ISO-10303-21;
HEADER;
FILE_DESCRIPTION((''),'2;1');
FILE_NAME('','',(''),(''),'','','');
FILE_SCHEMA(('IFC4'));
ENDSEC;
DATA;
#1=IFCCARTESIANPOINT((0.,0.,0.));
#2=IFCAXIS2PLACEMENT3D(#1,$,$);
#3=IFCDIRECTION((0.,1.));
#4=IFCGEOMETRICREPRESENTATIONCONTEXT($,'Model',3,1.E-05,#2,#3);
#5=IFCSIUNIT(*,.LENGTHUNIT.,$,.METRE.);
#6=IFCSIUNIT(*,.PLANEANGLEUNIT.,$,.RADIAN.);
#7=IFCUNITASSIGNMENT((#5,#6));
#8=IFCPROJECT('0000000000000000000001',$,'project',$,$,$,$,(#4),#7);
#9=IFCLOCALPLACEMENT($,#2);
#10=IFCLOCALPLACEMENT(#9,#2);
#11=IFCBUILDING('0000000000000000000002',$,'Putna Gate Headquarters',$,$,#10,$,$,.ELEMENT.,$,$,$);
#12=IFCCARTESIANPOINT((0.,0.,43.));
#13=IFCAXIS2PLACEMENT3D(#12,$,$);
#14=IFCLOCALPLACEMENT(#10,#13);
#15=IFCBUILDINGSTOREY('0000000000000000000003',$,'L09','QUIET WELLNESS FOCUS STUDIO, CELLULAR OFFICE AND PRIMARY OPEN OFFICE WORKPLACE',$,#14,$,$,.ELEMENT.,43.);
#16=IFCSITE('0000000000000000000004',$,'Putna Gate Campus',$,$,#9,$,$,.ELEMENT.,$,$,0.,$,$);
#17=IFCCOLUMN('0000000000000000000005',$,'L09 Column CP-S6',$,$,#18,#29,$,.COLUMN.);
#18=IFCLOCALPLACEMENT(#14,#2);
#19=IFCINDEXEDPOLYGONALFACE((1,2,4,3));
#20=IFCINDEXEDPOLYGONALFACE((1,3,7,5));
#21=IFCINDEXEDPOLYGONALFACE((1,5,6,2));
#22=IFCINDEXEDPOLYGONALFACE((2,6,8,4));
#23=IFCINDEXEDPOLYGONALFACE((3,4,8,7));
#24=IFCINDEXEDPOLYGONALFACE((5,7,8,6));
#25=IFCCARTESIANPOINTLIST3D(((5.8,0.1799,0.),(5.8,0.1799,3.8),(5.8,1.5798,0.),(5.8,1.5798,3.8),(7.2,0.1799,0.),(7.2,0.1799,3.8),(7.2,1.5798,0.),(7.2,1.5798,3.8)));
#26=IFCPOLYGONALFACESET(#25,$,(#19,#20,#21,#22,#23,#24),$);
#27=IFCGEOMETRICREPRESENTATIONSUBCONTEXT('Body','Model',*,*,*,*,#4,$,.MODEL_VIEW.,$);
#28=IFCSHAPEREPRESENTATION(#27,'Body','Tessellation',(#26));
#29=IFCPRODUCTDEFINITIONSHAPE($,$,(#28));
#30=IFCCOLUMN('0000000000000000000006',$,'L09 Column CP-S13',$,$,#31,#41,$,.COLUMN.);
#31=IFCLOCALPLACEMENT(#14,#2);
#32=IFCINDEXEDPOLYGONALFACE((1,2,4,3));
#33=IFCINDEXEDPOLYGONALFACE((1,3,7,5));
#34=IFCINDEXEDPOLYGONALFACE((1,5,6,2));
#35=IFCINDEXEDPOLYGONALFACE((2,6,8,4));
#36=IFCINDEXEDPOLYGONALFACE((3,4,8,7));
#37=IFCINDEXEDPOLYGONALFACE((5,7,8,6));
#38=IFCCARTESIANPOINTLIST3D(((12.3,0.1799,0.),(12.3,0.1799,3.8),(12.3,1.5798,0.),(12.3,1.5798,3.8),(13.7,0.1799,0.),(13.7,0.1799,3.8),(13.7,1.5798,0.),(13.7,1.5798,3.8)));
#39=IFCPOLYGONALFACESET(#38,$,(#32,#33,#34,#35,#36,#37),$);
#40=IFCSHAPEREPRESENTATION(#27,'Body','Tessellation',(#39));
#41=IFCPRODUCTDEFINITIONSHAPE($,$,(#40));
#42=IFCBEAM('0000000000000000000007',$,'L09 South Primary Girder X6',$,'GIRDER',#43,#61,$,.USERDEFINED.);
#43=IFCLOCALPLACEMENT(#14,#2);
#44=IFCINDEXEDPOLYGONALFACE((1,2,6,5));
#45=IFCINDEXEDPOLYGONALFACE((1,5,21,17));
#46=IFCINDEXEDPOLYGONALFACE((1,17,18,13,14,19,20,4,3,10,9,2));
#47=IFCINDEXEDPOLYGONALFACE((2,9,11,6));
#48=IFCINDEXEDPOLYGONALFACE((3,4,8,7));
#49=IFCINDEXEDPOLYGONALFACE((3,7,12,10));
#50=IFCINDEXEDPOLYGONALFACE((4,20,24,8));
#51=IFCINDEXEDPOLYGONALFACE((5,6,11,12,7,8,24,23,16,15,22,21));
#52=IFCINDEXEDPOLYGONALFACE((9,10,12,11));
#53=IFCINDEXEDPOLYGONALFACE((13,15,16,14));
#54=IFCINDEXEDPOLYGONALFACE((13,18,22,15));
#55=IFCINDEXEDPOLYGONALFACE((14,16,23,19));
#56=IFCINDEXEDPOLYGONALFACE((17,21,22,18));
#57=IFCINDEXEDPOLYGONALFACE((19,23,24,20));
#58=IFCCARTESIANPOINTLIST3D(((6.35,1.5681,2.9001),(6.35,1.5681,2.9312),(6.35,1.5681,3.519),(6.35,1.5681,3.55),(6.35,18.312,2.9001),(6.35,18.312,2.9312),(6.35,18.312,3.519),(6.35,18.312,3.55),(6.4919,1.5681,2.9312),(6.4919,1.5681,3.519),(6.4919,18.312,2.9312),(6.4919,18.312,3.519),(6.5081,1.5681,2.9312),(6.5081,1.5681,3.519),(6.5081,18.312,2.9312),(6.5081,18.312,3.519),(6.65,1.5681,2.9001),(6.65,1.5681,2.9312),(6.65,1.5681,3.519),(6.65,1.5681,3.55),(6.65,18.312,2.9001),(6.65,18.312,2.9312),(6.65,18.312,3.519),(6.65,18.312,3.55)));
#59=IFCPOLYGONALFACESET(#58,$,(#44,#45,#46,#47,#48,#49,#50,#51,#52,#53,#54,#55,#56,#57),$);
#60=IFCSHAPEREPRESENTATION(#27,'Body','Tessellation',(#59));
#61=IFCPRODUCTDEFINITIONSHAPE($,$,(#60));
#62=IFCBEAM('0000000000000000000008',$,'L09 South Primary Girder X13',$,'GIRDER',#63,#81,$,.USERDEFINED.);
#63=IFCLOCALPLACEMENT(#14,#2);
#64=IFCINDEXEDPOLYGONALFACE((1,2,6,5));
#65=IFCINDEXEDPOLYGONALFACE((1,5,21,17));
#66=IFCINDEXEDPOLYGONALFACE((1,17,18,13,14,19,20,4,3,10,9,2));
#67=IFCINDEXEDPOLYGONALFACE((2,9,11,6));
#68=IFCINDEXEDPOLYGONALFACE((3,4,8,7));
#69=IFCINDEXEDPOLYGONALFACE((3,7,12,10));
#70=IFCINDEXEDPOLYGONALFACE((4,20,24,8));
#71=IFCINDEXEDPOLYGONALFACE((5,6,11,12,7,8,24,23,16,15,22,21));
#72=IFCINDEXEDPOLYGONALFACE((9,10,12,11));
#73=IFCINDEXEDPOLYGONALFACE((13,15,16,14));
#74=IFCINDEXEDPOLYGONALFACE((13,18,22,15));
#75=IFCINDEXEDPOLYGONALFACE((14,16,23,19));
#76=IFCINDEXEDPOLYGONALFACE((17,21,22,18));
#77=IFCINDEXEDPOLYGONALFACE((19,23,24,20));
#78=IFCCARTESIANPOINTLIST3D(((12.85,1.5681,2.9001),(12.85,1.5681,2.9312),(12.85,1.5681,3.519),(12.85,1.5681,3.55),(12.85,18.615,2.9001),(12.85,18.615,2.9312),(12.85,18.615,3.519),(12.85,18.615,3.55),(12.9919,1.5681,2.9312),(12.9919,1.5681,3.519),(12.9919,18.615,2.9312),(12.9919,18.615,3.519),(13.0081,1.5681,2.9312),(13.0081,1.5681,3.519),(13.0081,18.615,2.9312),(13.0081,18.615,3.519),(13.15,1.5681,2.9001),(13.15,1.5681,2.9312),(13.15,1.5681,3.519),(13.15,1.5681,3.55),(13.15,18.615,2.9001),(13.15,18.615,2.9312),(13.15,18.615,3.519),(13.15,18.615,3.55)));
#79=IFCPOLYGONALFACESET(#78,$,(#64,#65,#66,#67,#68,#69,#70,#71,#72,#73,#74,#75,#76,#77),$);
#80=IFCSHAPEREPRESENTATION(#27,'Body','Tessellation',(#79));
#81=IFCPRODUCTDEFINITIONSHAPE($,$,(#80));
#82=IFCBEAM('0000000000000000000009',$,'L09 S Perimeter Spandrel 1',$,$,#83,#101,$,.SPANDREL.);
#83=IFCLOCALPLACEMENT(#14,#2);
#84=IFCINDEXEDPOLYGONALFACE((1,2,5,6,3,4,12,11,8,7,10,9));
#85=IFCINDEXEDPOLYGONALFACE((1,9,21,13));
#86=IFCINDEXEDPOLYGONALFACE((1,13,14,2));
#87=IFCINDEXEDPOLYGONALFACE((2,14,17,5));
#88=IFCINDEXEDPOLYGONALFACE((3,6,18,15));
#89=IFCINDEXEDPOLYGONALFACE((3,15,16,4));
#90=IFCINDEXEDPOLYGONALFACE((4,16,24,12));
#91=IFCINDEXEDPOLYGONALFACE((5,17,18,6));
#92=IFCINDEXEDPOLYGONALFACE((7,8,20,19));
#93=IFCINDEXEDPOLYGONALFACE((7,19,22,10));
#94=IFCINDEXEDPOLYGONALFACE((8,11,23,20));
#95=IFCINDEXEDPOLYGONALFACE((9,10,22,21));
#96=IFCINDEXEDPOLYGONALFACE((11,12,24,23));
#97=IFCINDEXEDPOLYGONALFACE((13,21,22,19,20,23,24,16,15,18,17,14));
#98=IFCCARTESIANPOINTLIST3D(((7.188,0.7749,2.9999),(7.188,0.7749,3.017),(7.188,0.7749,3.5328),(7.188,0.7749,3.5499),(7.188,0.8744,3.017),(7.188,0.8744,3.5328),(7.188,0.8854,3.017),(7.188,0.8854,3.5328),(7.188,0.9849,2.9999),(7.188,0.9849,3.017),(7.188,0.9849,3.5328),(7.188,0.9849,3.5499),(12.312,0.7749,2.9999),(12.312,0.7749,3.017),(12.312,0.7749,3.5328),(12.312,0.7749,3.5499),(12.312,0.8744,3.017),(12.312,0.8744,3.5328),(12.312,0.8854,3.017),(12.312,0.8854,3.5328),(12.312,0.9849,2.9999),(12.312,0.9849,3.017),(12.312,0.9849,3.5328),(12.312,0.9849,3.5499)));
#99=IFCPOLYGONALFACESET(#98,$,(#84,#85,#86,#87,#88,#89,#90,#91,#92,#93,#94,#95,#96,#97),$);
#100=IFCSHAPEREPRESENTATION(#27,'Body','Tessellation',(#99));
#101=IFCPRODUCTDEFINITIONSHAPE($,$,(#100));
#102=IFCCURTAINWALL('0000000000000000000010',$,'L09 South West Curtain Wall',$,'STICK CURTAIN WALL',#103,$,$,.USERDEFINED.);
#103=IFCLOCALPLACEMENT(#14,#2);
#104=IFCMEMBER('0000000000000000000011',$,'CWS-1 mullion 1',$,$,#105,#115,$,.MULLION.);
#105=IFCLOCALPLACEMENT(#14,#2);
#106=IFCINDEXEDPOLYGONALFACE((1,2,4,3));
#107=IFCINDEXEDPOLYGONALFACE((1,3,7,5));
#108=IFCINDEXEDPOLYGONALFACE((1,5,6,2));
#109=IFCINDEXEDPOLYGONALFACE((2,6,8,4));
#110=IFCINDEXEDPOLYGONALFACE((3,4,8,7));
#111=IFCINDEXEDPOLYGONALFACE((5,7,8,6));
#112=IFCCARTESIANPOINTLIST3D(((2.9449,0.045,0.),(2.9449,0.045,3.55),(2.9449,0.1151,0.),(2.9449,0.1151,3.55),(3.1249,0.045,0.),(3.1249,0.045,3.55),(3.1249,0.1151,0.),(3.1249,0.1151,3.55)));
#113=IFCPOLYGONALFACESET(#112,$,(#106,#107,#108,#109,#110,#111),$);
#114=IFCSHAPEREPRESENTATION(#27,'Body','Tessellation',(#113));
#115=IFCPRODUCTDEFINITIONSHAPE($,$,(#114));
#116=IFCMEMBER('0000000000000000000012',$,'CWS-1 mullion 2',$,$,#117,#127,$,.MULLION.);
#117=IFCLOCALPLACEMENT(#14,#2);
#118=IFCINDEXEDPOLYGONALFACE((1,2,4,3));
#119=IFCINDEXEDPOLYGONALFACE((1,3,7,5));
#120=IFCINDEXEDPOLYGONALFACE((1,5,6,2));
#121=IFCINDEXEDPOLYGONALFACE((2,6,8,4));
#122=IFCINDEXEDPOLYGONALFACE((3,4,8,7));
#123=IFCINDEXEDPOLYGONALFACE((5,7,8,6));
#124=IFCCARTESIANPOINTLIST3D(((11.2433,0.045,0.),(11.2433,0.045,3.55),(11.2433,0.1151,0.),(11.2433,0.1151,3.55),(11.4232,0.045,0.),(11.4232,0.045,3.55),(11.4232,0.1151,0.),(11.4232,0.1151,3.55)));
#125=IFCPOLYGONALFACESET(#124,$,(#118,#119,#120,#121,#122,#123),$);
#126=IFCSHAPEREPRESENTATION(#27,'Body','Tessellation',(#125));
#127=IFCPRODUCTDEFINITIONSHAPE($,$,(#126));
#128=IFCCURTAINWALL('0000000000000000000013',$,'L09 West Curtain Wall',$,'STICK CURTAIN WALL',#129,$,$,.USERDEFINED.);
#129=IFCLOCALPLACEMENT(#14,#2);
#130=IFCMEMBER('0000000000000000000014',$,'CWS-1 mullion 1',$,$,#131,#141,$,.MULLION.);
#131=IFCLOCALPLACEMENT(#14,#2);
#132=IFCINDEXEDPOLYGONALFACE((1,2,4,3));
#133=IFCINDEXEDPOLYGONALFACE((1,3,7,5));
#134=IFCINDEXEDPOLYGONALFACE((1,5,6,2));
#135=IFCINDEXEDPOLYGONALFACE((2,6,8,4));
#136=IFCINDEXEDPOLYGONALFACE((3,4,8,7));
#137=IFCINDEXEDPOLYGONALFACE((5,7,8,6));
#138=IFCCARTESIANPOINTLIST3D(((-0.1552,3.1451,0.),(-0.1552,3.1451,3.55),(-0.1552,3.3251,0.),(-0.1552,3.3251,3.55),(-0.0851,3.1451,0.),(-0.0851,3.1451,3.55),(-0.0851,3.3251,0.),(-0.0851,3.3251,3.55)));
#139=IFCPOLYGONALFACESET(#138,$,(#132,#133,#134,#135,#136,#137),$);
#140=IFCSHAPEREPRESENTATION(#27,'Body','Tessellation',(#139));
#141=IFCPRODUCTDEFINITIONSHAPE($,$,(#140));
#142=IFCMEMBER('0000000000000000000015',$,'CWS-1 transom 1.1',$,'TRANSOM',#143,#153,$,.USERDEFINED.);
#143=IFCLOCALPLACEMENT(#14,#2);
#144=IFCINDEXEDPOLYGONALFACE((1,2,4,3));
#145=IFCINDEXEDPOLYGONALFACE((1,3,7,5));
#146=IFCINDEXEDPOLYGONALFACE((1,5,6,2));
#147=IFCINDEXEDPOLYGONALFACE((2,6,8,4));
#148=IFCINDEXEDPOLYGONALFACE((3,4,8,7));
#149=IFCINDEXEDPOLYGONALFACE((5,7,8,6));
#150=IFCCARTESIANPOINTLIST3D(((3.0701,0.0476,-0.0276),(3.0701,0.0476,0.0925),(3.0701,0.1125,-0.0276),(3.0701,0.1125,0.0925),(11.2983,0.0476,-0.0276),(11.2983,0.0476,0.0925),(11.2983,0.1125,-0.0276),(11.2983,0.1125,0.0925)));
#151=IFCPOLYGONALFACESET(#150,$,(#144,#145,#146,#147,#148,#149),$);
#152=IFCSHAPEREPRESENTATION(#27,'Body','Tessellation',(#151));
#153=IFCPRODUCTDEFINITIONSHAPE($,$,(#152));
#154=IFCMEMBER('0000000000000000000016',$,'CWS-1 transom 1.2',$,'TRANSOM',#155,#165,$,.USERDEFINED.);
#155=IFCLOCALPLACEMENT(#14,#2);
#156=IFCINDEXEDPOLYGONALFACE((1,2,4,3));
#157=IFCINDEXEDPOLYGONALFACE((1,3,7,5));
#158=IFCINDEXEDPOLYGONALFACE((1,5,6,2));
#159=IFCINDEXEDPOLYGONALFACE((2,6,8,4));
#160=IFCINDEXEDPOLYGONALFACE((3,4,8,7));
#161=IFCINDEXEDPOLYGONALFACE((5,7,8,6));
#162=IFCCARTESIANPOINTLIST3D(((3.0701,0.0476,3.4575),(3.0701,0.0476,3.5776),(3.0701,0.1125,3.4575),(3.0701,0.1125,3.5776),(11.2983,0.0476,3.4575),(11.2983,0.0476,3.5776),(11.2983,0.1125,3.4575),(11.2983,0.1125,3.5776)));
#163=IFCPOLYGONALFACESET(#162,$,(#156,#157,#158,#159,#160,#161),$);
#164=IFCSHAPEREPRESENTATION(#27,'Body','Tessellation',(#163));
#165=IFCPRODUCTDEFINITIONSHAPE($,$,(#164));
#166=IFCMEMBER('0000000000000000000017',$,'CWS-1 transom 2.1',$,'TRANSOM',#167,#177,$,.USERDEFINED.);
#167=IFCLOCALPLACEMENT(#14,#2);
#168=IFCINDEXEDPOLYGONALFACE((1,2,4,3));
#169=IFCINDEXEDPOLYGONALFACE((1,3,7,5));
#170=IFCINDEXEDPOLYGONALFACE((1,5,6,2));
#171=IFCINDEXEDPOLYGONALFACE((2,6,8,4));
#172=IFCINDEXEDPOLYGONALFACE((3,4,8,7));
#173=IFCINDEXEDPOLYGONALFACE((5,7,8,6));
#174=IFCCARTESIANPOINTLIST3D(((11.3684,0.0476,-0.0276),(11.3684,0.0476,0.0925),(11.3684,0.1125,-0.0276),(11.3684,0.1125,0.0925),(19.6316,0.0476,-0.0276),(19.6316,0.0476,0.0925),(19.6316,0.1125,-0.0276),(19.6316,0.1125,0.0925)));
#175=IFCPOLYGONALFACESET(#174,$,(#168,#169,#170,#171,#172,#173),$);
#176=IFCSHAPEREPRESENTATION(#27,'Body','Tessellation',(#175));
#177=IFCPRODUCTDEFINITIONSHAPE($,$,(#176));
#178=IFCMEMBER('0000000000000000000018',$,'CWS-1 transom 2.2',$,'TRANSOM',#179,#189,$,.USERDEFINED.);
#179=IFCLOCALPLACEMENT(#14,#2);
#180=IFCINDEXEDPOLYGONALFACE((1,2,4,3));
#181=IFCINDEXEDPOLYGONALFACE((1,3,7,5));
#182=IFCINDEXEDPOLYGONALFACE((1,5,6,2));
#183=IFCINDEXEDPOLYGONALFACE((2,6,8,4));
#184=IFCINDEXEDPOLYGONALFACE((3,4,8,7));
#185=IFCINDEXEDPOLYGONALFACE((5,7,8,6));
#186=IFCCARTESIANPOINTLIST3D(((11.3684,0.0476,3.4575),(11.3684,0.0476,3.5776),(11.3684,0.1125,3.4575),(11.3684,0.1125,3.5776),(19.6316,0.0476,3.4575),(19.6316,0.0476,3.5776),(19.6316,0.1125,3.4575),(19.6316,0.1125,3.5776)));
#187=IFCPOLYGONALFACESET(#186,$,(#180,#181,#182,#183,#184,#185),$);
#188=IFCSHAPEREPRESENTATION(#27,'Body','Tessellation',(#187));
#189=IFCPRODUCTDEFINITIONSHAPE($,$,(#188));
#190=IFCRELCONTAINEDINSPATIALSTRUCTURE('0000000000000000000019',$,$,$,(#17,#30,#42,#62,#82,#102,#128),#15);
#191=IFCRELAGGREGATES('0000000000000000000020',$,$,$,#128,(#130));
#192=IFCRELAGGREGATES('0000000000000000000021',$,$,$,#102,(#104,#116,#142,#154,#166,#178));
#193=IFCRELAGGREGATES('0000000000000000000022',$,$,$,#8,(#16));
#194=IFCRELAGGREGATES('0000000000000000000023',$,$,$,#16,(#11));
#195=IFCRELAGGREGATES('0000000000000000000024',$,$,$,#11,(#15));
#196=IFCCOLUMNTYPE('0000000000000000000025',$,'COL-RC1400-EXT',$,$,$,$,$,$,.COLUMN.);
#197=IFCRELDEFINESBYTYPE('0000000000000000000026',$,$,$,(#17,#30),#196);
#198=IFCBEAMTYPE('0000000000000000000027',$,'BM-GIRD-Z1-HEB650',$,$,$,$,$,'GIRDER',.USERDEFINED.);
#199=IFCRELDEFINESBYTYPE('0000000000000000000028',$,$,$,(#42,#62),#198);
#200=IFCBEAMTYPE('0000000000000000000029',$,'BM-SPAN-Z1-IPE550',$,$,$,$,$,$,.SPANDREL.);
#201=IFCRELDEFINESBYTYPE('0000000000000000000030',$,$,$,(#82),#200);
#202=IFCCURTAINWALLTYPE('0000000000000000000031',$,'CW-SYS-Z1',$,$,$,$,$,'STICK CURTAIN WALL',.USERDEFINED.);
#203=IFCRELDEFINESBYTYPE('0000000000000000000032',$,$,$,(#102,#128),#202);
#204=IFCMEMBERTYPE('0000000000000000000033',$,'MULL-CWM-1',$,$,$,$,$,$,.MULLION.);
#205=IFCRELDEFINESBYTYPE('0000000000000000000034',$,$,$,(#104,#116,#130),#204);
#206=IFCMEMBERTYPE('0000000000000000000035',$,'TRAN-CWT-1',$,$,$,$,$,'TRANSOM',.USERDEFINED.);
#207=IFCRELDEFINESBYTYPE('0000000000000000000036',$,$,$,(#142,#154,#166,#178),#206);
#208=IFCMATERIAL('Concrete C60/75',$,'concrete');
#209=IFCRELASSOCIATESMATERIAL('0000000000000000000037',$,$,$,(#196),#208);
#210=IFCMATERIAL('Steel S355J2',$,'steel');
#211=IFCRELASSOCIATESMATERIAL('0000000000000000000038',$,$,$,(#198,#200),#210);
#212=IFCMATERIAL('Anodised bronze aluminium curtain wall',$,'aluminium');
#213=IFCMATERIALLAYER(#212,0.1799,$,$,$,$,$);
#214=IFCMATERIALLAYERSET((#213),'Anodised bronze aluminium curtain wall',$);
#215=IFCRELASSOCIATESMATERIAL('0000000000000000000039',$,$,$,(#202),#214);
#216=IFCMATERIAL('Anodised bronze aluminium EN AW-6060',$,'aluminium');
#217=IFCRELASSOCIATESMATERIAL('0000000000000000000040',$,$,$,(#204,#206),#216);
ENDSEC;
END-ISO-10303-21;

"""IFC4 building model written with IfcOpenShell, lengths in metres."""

from ifc_helpers import new_model, si_unit, direction, frame, origin, origin_2d, place, context, subcontext, project, spatial, rectangle, i_section, extrude, material, layer, layer_set, material_profile, profile_set, type_object, element, aggregate, save


model = new_model("IFC4")

# Units and contexts
model_context = context("Model", 3, precision=1e-05, world=origin(), true_north=direction((0.0, 1.0)))
body_context = subcontext(model_context, "Body", "Model", "MODEL_VIEW")
ifc_project = project(units=[si_unit("LENGTHUNIT", "METRE"), si_unit("PLANEANGLEUNIT", "RADIAN")], contexts=[model_context])

# Site, building, storey
site_placement = place(None, origin())
site = spatial("IfcSite", under=ifc_project, at=site_placement, Name="Putna Gate Campus", CompositionType="ELEMENT", RefElevation=0.0)
building_placement = place(site_placement, origin())
building = spatial("IfcBuilding", under=site, at=building_placement, Name="Putna Gate Headquarters", CompositionType="ELEMENT")
storey_placement = place(building_placement, frame((0.0, 0.0, 43.0)))
storey = spatial("IfcBuildingStorey", under=building, at=storey_placement, Name="L09", Description="QUIET WELLNESS FOCUS STUDIO, CELLULAR OFFICE AND PRIMARY OPEN OFFICE WORKPLACE", CompositionType="ELEMENT", Elevation=43.0)

# Columns
ifc_material_1 = material(Name="Concrete C60/75", Category="concrete")
ifc_material_profile_1 = material_profile(ifc_material_1, rectangle(XDim=1.3999, YDim=1.3999, at=origin_2d()), Name="Concrete C60/75")
ifc_profile_set_1 = profile_set([ifc_material_profile_1], Name="Concrete C60/75")
column_type = type_object("IfcColumnType", Name="COL-RC1400-EXT", PredefinedType="COLUMN", material=ifc_profile_set_1)
for number, where, z_axis, x_axis, name in (
    (1, (6.5, 0.8799, 0.0), (0.0, 0.0, 1.0), (1.0, 0.0, 0.0), "L09 Column CP-S6"),
    (2, (13.0, 0.8799, 0.0), (0.0, 0.0, 1.0), (1.0, 0.0, 0.0), "L09 Column CP-S13"),
):
    element("IfcColumn", number, at=place(storey_placement, frame(where, z_axis=z_axis, x_axis=x_axis)), inside=storey, type_object=column_type, Name=name, PredefinedType="COLUMN", context=body_context, shape_type="SweptSolid", body=[
        extrude(rectangle(XDim=1.3999, YDim=1.3999, at=origin_2d()), origin(), (0.0, 0.0, 1.0), 3.8),
    ])

# Beams
ifc_material_2 = material(Name="Steel S355J2", Category="steel")
ifc_material_profile_2 = material_profile(ifc_material_2, i_section(OverallWidth=0.3, OverallDepth=0.6499, WebThickness=0.0161, FlangeThickness=0.031, at=origin_2d()), Name="Steel S355J2")
ifc_profile_set_2 = profile_set([ifc_material_profile_2], Name="Steel S355J2")
beam_type_1 = type_object("IfcBeamType", Name="BM-GIRD-Z1-HEB650", ElementType="GIRDER", PredefinedType="USERDEFINED", material=ifc_profile_set_2)
beam_1_placement = place(storey_placement, frame((6.5, 1.5681, 3.2251), z_axis=(0.0, 1.0, 0.0), x_axis=(-1.0, 0.0, 0.0)))
element("IfcBeam", 3, at=beam_1_placement, inside=storey, type_object=beam_type_1, Name="L09 South Primary Girder X6", ObjectType="GIRDER", PredefinedType="USERDEFINED", context=body_context, shape_type="SweptSolid", body=[
    extrude(i_section(OverallWidth=0.3, OverallDepth=0.6499, WebThickness=0.0161, FlangeThickness=0.031, at=origin_2d()), origin(), (0.0, 0.0, 1.0), 16.7439),
])
beam_2_placement = place(storey_placement, frame((13.0, 1.5681, 3.2251), z_axis=(0.0, 1.0, 0.0), x_axis=(-1.0, 0.0, 0.0)))
element("IfcBeam", 4, at=beam_2_placement, inside=storey, type_object=beam_type_1, Name="L09 South Primary Girder X13", ObjectType="GIRDER", PredefinedType="USERDEFINED", context=body_context, shape_type="SweptSolid", body=[
    extrude(i_section(OverallWidth=0.3, OverallDepth=0.6499, WebThickness=0.0161, FlangeThickness=0.031, at=origin_2d()), origin(), (0.0, 0.0, 1.0), 17.0469),
])
ifc_material_profile_3 = material_profile(ifc_material_2, i_section(OverallWidth=0.21, OverallDepth=0.55, WebThickness=0.011, FlangeThickness=0.0171, at=origin_2d()), Name="Steel S355J2")
ifc_profile_set_3 = profile_set([ifc_material_profile_3], Name="Steel S355J2")
beam_type_2 = type_object("IfcBeamType", Name="BM-SPAN-Z1-IPE550", PredefinedType="SPANDREL", material=ifc_profile_set_3)
beam_3_placement = place(storey_placement, frame((7.188, 0.8799, 3.2749), z_axis=(1.0, 0.0, 0.0), x_axis=(0.0, 1.0, 0.0)))
element("IfcBeam", 5, at=beam_3_placement, inside=storey, type_object=beam_type_2, Name="L09 S Perimeter Spandrel 1", PredefinedType="SPANDREL", context=body_context, shape_type="SweptSolid", body=[
    extrude(i_section(OverallWidth=0.21, OverallDepth=0.55, WebThickness=0.011, FlangeThickness=0.0171, at=origin_2d()), origin(), (0.0, 0.0, 1.0), 5.124),
])

# Curtain wall, members
ifc_material_3 = material(Name="Anodised bronze aluminium curtain wall", Category="aluminium")
ifc_layer_1 = layer(ifc_material_3, 0.1799)
ifc_layer_set_1 = layer_set([ifc_layer_1], Name="Anodised bronze aluminium curtain wall")
curtain_wall_type = type_object("IfcCurtainWallType", Name="CW-SYS-Z1", ElementType="STICK CURTAIN WALL", PredefinedType="USERDEFINED", material=ifc_layer_set_1)
curtain_wall_1_placement = place(storey_placement, origin())
curtain_wall_1 = element("IfcCurtainWall", 6, at=curtain_wall_1_placement, inside=storey, type_object=curtain_wall_type, Name="L09 South West Curtain Wall", ObjectType="STICK CURTAIN WALL", PredefinedType="USERDEFINED")
ifc_material_4 = material(Name="Anodised bronze aluminium EN AW-6060", Category="aluminium")
ifc_material_profile_4 = material_profile(ifc_material_4, rectangle(XDim=0.0701, YDim=0.1799, at=origin_2d()), Name="Anodised bronze aluminium EN AW-6060")
ifc_profile_set_4 = profile_set([ifc_material_profile_4], Name="Anodised bronze aluminium EN AW-6060")
member_type_1 = type_object("IfcMemberType", Name="MULL-CWM-1", PredefinedType="MULLION", material=ifc_profile_set_4)
member_1_placement = place(storey_placement, frame((3.0349, 0.0801, 0.0), z_axis=(0.0, 0.0, 1.0), x_axis=(0.0, 1.0, 0.0)))
member_1 = element("IfcMember", 7, at=member_1_placement, type_object=member_type_1, Name="CWS-1 mullion 1", PredefinedType="MULLION", context=body_context, shape_type="SweptSolid", body=[
    extrude(rectangle(XDim=0.0701, YDim=0.1799, at=origin_2d()), origin(), (0.0, 0.0, 1.0), 3.55),
])
member_2_placement = place(storey_placement, frame((11.3333, 0.0801, 0.0), z_axis=(0.0, 0.0, 1.0), x_axis=(0.0, 1.0, 0.0)))
member_2 = element("IfcMember", 8, at=member_2_placement, type_object=member_type_1, Name="CWS-1 mullion 2", PredefinedType="MULLION", context=body_context, shape_type="SweptSolid", body=[
    extrude(rectangle(XDim=0.0701, YDim=0.1799, at=origin_2d()), origin(), (0.0, 0.0, 1.0), 3.55),
])

# Curtain wall, member
curtain_wall_2_placement = place(storey_placement, origin())
curtain_wall_2 = element("IfcCurtainWall", 9, at=curtain_wall_2_placement, inside=storey, type_object=curtain_wall_type, Name="L09 West Curtain Wall", ObjectType="STICK CURTAIN WALL", PredefinedType="USERDEFINED")
member_3_placement = place(storey_placement, frame((-0.1201, 3.2351, 0.0), z_axis=(0.0, 0.0, 1.0), x_axis=(-1.0, 0.0, 0.0)))
member_3 = element("IfcMember", 10, at=member_3_placement, type_object=member_type_1, Name="CWS-1 mullion 1", PredefinedType="MULLION", context=body_context, shape_type="SweptSolid", body=[
    extrude(rectangle(XDim=0.0701, YDim=0.1799, at=origin_2d()), origin(), (0.0, 0.0, 1.0), 3.55),
])

# Members
ifc_material_profile_5 = material_profile(ifc_material_4, rectangle(XDim=0.0649, YDim=0.1201, at=origin_2d()), Name="Anodised bronze aluminium EN AW-6060")
ifc_profile_set_5 = profile_set([ifc_material_profile_5], Name="Anodised bronze aluminium EN AW-6060")
member_type_2 = type_object("IfcMemberType", Name="TRAN-CWT-1", ElementType="TRANSOM", PredefinedType="USERDEFINED", material=ifc_profile_set_5)
member_4_placement = place(storey_placement, frame((3.0701, 0.0801, 0.0325), z_axis=(1.0, 0.0, 0.0), x_axis=(0.0, 1.0, 0.0)))
member_4 = element("IfcMember", 11, at=member_4_placement, type_object=member_type_2, Name="CWS-1 transom 1.1", ObjectType="TRANSOM", PredefinedType="USERDEFINED", context=body_context, shape_type="SweptSolid", body=[
    extrude(rectangle(XDim=0.0649, YDim=0.1201, at=origin_2d()), origin(), (0.0, 0.0, 1.0), 8.2283),
])
member_5_placement = place(storey_placement, frame((3.0701, 0.0801, 3.5176), z_axis=(1.0, 0.0, 0.0), x_axis=(0.0, 1.0, 0.0)))
member_5 = element("IfcMember", 12, at=member_5_placement, type_object=member_type_2, Name="CWS-1 transom 1.2", ObjectType="TRANSOM", PredefinedType="USERDEFINED", context=body_context, shape_type="SweptSolid", body=[
    extrude(rectangle(XDim=0.0649, YDim=0.1201, at=origin_2d()), origin(), (0.0, 0.0, 1.0), 8.2283),
])
member_6_placement = place(storey_placement, frame((11.3684, 0.0801, 0.0325), z_axis=(1.0, 0.0, 0.0), x_axis=(0.0, 1.0, 0.0)))
member_6 = element("IfcMember", 13, at=member_6_placement, type_object=member_type_2, Name="CWS-1 transom 2.1", ObjectType="TRANSOM", PredefinedType="USERDEFINED", context=body_context, shape_type="SweptSolid", body=[
    extrude(rectangle(XDim=0.0649, YDim=0.1201, at=origin_2d()), origin(), (0.0, 0.0, 1.0), 8.2632),
])
member_7_placement = place(storey_placement, frame((11.3684, 0.0801, 3.5176), z_axis=(1.0, 0.0, 0.0), x_axis=(0.0, 1.0, 0.0)))
member_7 = element("IfcMember", 14, at=member_7_placement, type_object=member_type_2, Name="CWS-1 transom 2.2", ObjectType="TRANSOM", PredefinedType="USERDEFINED", context=body_context, shape_type="SweptSolid", body=[
    extrude(rectangle(XDim=0.0649, YDim=0.1201, at=origin_2d()), origin(), (0.0, 0.0, 1.0), 8.2632),
])
aggregate(curtain_wall_2, [member_3])

aggregate(curtain_wall_1, [member_1, member_2, member_4, member_5, member_6, member_7])

save(model, "model.ifc")
